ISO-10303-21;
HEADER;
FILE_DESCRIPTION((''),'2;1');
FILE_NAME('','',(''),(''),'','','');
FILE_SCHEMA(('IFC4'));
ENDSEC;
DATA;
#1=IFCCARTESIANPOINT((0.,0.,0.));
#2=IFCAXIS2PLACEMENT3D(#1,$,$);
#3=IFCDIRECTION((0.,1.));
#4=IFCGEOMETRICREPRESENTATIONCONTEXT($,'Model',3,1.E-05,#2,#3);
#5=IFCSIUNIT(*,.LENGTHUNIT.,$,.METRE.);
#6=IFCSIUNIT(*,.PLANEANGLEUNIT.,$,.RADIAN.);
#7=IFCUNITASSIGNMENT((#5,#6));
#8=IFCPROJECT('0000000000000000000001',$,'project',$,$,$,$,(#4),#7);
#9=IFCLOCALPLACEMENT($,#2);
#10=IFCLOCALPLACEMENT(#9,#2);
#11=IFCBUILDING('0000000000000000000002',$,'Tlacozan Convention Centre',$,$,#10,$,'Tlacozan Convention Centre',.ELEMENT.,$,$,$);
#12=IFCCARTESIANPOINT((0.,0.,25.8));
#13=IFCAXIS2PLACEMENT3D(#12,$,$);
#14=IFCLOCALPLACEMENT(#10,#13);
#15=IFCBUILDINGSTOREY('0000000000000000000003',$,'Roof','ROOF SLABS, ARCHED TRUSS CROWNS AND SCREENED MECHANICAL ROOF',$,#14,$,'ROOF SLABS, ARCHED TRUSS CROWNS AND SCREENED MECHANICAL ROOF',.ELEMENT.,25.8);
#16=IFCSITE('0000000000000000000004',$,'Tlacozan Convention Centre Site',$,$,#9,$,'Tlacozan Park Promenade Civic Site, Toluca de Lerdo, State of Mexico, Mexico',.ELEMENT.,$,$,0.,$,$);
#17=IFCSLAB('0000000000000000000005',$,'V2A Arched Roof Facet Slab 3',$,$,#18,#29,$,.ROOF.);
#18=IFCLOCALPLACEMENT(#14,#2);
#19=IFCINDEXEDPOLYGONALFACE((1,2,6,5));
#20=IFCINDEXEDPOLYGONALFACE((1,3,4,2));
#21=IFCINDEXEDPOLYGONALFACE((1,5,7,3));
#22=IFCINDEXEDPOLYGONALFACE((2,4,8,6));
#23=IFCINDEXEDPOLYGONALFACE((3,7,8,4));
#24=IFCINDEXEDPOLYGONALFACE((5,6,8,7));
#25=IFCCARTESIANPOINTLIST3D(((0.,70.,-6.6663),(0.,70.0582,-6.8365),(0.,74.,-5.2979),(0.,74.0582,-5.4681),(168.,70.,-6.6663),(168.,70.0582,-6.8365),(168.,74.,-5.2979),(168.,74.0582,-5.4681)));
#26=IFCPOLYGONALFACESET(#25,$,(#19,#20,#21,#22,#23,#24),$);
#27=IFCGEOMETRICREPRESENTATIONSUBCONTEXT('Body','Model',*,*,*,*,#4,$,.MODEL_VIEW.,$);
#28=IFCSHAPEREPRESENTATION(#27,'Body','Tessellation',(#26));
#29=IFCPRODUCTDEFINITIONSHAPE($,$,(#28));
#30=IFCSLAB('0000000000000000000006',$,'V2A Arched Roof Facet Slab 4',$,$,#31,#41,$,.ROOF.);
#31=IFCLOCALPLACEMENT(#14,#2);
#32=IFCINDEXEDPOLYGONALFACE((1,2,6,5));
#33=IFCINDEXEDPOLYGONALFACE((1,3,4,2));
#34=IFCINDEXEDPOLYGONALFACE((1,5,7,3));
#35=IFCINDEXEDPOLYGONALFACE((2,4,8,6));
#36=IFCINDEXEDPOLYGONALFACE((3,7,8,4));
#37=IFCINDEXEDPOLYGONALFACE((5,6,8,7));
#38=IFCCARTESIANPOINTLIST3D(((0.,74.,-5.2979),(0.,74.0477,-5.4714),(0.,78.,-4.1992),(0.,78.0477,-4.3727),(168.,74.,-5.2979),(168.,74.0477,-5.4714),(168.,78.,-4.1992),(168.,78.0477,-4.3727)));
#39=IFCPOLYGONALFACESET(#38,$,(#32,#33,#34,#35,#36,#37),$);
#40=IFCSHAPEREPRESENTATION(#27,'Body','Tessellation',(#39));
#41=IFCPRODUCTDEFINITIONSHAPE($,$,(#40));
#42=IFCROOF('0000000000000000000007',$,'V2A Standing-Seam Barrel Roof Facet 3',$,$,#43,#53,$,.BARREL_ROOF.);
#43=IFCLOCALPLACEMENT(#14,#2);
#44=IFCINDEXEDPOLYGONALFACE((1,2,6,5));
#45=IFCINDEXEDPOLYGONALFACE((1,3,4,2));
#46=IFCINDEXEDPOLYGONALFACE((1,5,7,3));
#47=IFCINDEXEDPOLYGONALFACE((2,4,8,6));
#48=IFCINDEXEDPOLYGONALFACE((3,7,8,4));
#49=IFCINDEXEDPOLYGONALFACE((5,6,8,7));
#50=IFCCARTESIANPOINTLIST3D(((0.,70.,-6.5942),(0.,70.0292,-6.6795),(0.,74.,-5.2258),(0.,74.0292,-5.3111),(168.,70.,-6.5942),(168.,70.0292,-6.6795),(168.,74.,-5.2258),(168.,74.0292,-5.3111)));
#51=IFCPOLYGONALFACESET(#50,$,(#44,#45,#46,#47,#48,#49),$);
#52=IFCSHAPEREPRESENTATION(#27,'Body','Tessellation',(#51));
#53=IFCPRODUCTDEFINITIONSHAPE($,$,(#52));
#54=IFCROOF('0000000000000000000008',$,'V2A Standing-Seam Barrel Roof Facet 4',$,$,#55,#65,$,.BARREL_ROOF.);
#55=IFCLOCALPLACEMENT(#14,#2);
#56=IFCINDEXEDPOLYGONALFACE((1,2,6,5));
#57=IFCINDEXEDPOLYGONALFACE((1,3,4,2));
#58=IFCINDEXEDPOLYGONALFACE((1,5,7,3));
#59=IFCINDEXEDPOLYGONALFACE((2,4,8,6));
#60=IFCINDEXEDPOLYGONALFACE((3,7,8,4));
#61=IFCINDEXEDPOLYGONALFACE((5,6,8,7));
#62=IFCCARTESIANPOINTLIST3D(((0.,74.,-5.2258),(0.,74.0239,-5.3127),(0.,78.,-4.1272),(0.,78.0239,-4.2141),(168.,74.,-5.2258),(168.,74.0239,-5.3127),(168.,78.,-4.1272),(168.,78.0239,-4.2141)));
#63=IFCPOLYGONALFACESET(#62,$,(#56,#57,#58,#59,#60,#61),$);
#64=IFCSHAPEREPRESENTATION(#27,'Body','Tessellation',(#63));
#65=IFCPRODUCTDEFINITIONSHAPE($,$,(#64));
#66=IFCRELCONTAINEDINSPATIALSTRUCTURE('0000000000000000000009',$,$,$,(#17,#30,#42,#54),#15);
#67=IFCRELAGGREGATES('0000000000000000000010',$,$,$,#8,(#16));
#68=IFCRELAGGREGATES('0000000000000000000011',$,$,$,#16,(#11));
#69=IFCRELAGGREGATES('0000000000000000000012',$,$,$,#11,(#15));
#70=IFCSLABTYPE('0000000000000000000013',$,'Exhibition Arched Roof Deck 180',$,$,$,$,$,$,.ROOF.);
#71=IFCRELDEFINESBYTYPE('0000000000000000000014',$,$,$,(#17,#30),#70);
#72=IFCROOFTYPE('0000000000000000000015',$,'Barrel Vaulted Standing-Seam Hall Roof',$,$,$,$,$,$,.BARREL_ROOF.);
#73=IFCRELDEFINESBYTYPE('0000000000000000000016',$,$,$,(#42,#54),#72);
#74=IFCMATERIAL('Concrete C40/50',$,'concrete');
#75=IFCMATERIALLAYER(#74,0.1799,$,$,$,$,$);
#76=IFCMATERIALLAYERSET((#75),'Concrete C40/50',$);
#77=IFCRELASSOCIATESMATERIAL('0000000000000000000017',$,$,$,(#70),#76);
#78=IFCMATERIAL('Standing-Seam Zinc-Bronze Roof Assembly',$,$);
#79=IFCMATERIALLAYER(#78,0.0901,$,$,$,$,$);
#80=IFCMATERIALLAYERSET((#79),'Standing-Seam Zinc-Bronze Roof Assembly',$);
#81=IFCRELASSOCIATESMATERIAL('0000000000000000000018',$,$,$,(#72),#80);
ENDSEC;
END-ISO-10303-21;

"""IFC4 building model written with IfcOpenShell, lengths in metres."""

from ifc_helpers import new_model, si_unit, direction, frame, origin, place, context, subcontext, project, spatial, polyline, outline, extrude, material, layer, layer_set, type_object, element, save


model = new_model("IFC4")

# Units and contexts
model_context = context("Model", 3, precision=1e-05, world=origin(), true_north=direction((0.0, 1.0)))
body_context = subcontext(model_context, "Body", "Model", "MODEL_VIEW")
ifc_project = project(units=[si_unit("LENGTHUNIT", "METRE"), si_unit("PLANEANGLEUNIT", "RADIAN")], contexts=[model_context])

# Site, building, storey
site_placement = place(None, origin())
site = spatial("IfcSite", under=ifc_project, at=site_placement, Name="Tlacozan Convention Centre Site", LongName="Tlacozan Park Promenade Civic Site, Toluca de Lerdo, State of Mexico, Mexico", CompositionType="ELEMENT", RefElevation=0.0)
building_placement = place(site_placement, origin())
building = spatial("IfcBuilding", under=site, at=building_placement, Name="Tlacozan Convention Centre", LongName="Tlacozan Convention Centre", CompositionType="ELEMENT")
storey_placement = place(building_placement, frame((0.0, 0.0, 25.8)))
storey = spatial("IfcBuildingStorey", under=building, at=storey_placement, Name="Roof", Description="ROOF SLABS, ARCHED TRUSS CROWNS AND SCREENED MECHANICAL ROOF", LongName="ROOF SLABS, ARCHED TRUSS CROWNS AND SCREENED MECHANICAL ROOF", CompositionType="ELEMENT", Elevation=25.8)

# Slabs
ifc_material_1 = material(Name="Concrete C40/50", Category="concrete")
ifc_layer_1 = layer(ifc_material_1, 0.1799)
ifc_layer_set_1 = layer_set([ifc_layer_1], Name="Concrete C40/50")
slab_type = type_object("IfcSlabType", Name="Exhibition Arched Roof Deck 180", PredefinedType="ROOF", material=ifc_layer_set_1)
slab_1_placement = place(storey_placement, frame((0.0, 70.0, -6.6663), z_axis=(0.0, -0.323685, 0.946165), x_axis=(1.0, 0.0, 0.0)))
element("IfcSlab", 1, at=slab_1_placement, inside=storey, type_object=slab_type, Name="V2A Arched Roof Facet Slab 3", PredefinedType="ROOF", context=body_context, shape_type="SweptSolid", body=[
    extrude(outline(polyline([(0.0, 0.0), (168.0, 0.0), (168.0, 4.2276), (0.0, 4.2276), (0.0, 0.0)])), origin(), (0.0, 0.0, -1.0), 0.1799),
])
slab_2_placement = place(storey_placement, frame((0.0, 74.0, -5.2979), z_axis=(0.0, -0.26485, 0.96429), x_axis=(1.0, 0.0, 0.0)))
element("IfcSlab", 2, at=slab_2_placement, inside=storey, type_object=slab_type, Name="V2A Arched Roof Facet Slab 4", PredefinedType="ROOF", context=body_context, shape_type="SweptSolid", body=[
    extrude(outline(polyline([(0.0, 0.0), (168.0, 0.0), (168.0, 4.1481), (0.0, 4.1481), (0.0, 0.0)])), origin(), (0.0, 0.0, -1.0), 0.1799),
])

# Roofs
ifc_material_2 = material(Name="Standing-Seam Zinc-Bronze Roof Assembly")
ifc_layer_2 = layer(ifc_material_2, 0.0901)
ifc_layer_set_2 = layer_set([ifc_layer_2], Name="Standing-Seam Zinc-Bronze Roof Assembly")
roof_type = type_object("IfcRoofType", Name="Barrel Vaulted Standing-Seam Hall Roof", PredefinedType="BARREL_ROOF", material=ifc_layer_set_2)
roof_1_placement = place(storey_placement, frame((0.0, 70.0, -6.5942), z_axis=(0.0, -0.323685, 0.946165), x_axis=(1.0, 0.0, 0.0)))
element("IfcRoof", 3, at=roof_1_placement, inside=storey, type_object=roof_type, Name="V2A Standing-Seam Barrel Roof Facet 3", PredefinedType="BARREL_ROOF", context=body_context, shape_type="SweptSolid", body=[
    extrude(outline(polyline([(0.0, 0.0), (168.0, 0.0), (168.0, 4.2276), (0.0, 4.2276), (0.0, 0.0)])), origin(), (0.0, 0.0, -1.0), 0.0901),
])
roof_2_placement = place(storey_placement, frame((0.0, 74.0, -5.2258), z_axis=(0.0, -0.26485, 0.96429), x_axis=(1.0, 0.0, 0.0)))
element("IfcRoof", 4, at=roof_2_placement, inside=storey, type_object=roof_type, Name="V2A Standing-Seam Barrel Roof Facet 4", PredefinedType="BARREL_ROOF", context=body_context, shape_type="SweptSolid", body=[
    extrude(outline(polyline([(0.0, 0.0), (168.0, 0.0), (168.0, 4.1481), (0.0, 4.1481), (0.0, 0.0)])), origin(), (0.0, 0.0, -1.0), 0.0901),
])

save(model, "model.ifc")
